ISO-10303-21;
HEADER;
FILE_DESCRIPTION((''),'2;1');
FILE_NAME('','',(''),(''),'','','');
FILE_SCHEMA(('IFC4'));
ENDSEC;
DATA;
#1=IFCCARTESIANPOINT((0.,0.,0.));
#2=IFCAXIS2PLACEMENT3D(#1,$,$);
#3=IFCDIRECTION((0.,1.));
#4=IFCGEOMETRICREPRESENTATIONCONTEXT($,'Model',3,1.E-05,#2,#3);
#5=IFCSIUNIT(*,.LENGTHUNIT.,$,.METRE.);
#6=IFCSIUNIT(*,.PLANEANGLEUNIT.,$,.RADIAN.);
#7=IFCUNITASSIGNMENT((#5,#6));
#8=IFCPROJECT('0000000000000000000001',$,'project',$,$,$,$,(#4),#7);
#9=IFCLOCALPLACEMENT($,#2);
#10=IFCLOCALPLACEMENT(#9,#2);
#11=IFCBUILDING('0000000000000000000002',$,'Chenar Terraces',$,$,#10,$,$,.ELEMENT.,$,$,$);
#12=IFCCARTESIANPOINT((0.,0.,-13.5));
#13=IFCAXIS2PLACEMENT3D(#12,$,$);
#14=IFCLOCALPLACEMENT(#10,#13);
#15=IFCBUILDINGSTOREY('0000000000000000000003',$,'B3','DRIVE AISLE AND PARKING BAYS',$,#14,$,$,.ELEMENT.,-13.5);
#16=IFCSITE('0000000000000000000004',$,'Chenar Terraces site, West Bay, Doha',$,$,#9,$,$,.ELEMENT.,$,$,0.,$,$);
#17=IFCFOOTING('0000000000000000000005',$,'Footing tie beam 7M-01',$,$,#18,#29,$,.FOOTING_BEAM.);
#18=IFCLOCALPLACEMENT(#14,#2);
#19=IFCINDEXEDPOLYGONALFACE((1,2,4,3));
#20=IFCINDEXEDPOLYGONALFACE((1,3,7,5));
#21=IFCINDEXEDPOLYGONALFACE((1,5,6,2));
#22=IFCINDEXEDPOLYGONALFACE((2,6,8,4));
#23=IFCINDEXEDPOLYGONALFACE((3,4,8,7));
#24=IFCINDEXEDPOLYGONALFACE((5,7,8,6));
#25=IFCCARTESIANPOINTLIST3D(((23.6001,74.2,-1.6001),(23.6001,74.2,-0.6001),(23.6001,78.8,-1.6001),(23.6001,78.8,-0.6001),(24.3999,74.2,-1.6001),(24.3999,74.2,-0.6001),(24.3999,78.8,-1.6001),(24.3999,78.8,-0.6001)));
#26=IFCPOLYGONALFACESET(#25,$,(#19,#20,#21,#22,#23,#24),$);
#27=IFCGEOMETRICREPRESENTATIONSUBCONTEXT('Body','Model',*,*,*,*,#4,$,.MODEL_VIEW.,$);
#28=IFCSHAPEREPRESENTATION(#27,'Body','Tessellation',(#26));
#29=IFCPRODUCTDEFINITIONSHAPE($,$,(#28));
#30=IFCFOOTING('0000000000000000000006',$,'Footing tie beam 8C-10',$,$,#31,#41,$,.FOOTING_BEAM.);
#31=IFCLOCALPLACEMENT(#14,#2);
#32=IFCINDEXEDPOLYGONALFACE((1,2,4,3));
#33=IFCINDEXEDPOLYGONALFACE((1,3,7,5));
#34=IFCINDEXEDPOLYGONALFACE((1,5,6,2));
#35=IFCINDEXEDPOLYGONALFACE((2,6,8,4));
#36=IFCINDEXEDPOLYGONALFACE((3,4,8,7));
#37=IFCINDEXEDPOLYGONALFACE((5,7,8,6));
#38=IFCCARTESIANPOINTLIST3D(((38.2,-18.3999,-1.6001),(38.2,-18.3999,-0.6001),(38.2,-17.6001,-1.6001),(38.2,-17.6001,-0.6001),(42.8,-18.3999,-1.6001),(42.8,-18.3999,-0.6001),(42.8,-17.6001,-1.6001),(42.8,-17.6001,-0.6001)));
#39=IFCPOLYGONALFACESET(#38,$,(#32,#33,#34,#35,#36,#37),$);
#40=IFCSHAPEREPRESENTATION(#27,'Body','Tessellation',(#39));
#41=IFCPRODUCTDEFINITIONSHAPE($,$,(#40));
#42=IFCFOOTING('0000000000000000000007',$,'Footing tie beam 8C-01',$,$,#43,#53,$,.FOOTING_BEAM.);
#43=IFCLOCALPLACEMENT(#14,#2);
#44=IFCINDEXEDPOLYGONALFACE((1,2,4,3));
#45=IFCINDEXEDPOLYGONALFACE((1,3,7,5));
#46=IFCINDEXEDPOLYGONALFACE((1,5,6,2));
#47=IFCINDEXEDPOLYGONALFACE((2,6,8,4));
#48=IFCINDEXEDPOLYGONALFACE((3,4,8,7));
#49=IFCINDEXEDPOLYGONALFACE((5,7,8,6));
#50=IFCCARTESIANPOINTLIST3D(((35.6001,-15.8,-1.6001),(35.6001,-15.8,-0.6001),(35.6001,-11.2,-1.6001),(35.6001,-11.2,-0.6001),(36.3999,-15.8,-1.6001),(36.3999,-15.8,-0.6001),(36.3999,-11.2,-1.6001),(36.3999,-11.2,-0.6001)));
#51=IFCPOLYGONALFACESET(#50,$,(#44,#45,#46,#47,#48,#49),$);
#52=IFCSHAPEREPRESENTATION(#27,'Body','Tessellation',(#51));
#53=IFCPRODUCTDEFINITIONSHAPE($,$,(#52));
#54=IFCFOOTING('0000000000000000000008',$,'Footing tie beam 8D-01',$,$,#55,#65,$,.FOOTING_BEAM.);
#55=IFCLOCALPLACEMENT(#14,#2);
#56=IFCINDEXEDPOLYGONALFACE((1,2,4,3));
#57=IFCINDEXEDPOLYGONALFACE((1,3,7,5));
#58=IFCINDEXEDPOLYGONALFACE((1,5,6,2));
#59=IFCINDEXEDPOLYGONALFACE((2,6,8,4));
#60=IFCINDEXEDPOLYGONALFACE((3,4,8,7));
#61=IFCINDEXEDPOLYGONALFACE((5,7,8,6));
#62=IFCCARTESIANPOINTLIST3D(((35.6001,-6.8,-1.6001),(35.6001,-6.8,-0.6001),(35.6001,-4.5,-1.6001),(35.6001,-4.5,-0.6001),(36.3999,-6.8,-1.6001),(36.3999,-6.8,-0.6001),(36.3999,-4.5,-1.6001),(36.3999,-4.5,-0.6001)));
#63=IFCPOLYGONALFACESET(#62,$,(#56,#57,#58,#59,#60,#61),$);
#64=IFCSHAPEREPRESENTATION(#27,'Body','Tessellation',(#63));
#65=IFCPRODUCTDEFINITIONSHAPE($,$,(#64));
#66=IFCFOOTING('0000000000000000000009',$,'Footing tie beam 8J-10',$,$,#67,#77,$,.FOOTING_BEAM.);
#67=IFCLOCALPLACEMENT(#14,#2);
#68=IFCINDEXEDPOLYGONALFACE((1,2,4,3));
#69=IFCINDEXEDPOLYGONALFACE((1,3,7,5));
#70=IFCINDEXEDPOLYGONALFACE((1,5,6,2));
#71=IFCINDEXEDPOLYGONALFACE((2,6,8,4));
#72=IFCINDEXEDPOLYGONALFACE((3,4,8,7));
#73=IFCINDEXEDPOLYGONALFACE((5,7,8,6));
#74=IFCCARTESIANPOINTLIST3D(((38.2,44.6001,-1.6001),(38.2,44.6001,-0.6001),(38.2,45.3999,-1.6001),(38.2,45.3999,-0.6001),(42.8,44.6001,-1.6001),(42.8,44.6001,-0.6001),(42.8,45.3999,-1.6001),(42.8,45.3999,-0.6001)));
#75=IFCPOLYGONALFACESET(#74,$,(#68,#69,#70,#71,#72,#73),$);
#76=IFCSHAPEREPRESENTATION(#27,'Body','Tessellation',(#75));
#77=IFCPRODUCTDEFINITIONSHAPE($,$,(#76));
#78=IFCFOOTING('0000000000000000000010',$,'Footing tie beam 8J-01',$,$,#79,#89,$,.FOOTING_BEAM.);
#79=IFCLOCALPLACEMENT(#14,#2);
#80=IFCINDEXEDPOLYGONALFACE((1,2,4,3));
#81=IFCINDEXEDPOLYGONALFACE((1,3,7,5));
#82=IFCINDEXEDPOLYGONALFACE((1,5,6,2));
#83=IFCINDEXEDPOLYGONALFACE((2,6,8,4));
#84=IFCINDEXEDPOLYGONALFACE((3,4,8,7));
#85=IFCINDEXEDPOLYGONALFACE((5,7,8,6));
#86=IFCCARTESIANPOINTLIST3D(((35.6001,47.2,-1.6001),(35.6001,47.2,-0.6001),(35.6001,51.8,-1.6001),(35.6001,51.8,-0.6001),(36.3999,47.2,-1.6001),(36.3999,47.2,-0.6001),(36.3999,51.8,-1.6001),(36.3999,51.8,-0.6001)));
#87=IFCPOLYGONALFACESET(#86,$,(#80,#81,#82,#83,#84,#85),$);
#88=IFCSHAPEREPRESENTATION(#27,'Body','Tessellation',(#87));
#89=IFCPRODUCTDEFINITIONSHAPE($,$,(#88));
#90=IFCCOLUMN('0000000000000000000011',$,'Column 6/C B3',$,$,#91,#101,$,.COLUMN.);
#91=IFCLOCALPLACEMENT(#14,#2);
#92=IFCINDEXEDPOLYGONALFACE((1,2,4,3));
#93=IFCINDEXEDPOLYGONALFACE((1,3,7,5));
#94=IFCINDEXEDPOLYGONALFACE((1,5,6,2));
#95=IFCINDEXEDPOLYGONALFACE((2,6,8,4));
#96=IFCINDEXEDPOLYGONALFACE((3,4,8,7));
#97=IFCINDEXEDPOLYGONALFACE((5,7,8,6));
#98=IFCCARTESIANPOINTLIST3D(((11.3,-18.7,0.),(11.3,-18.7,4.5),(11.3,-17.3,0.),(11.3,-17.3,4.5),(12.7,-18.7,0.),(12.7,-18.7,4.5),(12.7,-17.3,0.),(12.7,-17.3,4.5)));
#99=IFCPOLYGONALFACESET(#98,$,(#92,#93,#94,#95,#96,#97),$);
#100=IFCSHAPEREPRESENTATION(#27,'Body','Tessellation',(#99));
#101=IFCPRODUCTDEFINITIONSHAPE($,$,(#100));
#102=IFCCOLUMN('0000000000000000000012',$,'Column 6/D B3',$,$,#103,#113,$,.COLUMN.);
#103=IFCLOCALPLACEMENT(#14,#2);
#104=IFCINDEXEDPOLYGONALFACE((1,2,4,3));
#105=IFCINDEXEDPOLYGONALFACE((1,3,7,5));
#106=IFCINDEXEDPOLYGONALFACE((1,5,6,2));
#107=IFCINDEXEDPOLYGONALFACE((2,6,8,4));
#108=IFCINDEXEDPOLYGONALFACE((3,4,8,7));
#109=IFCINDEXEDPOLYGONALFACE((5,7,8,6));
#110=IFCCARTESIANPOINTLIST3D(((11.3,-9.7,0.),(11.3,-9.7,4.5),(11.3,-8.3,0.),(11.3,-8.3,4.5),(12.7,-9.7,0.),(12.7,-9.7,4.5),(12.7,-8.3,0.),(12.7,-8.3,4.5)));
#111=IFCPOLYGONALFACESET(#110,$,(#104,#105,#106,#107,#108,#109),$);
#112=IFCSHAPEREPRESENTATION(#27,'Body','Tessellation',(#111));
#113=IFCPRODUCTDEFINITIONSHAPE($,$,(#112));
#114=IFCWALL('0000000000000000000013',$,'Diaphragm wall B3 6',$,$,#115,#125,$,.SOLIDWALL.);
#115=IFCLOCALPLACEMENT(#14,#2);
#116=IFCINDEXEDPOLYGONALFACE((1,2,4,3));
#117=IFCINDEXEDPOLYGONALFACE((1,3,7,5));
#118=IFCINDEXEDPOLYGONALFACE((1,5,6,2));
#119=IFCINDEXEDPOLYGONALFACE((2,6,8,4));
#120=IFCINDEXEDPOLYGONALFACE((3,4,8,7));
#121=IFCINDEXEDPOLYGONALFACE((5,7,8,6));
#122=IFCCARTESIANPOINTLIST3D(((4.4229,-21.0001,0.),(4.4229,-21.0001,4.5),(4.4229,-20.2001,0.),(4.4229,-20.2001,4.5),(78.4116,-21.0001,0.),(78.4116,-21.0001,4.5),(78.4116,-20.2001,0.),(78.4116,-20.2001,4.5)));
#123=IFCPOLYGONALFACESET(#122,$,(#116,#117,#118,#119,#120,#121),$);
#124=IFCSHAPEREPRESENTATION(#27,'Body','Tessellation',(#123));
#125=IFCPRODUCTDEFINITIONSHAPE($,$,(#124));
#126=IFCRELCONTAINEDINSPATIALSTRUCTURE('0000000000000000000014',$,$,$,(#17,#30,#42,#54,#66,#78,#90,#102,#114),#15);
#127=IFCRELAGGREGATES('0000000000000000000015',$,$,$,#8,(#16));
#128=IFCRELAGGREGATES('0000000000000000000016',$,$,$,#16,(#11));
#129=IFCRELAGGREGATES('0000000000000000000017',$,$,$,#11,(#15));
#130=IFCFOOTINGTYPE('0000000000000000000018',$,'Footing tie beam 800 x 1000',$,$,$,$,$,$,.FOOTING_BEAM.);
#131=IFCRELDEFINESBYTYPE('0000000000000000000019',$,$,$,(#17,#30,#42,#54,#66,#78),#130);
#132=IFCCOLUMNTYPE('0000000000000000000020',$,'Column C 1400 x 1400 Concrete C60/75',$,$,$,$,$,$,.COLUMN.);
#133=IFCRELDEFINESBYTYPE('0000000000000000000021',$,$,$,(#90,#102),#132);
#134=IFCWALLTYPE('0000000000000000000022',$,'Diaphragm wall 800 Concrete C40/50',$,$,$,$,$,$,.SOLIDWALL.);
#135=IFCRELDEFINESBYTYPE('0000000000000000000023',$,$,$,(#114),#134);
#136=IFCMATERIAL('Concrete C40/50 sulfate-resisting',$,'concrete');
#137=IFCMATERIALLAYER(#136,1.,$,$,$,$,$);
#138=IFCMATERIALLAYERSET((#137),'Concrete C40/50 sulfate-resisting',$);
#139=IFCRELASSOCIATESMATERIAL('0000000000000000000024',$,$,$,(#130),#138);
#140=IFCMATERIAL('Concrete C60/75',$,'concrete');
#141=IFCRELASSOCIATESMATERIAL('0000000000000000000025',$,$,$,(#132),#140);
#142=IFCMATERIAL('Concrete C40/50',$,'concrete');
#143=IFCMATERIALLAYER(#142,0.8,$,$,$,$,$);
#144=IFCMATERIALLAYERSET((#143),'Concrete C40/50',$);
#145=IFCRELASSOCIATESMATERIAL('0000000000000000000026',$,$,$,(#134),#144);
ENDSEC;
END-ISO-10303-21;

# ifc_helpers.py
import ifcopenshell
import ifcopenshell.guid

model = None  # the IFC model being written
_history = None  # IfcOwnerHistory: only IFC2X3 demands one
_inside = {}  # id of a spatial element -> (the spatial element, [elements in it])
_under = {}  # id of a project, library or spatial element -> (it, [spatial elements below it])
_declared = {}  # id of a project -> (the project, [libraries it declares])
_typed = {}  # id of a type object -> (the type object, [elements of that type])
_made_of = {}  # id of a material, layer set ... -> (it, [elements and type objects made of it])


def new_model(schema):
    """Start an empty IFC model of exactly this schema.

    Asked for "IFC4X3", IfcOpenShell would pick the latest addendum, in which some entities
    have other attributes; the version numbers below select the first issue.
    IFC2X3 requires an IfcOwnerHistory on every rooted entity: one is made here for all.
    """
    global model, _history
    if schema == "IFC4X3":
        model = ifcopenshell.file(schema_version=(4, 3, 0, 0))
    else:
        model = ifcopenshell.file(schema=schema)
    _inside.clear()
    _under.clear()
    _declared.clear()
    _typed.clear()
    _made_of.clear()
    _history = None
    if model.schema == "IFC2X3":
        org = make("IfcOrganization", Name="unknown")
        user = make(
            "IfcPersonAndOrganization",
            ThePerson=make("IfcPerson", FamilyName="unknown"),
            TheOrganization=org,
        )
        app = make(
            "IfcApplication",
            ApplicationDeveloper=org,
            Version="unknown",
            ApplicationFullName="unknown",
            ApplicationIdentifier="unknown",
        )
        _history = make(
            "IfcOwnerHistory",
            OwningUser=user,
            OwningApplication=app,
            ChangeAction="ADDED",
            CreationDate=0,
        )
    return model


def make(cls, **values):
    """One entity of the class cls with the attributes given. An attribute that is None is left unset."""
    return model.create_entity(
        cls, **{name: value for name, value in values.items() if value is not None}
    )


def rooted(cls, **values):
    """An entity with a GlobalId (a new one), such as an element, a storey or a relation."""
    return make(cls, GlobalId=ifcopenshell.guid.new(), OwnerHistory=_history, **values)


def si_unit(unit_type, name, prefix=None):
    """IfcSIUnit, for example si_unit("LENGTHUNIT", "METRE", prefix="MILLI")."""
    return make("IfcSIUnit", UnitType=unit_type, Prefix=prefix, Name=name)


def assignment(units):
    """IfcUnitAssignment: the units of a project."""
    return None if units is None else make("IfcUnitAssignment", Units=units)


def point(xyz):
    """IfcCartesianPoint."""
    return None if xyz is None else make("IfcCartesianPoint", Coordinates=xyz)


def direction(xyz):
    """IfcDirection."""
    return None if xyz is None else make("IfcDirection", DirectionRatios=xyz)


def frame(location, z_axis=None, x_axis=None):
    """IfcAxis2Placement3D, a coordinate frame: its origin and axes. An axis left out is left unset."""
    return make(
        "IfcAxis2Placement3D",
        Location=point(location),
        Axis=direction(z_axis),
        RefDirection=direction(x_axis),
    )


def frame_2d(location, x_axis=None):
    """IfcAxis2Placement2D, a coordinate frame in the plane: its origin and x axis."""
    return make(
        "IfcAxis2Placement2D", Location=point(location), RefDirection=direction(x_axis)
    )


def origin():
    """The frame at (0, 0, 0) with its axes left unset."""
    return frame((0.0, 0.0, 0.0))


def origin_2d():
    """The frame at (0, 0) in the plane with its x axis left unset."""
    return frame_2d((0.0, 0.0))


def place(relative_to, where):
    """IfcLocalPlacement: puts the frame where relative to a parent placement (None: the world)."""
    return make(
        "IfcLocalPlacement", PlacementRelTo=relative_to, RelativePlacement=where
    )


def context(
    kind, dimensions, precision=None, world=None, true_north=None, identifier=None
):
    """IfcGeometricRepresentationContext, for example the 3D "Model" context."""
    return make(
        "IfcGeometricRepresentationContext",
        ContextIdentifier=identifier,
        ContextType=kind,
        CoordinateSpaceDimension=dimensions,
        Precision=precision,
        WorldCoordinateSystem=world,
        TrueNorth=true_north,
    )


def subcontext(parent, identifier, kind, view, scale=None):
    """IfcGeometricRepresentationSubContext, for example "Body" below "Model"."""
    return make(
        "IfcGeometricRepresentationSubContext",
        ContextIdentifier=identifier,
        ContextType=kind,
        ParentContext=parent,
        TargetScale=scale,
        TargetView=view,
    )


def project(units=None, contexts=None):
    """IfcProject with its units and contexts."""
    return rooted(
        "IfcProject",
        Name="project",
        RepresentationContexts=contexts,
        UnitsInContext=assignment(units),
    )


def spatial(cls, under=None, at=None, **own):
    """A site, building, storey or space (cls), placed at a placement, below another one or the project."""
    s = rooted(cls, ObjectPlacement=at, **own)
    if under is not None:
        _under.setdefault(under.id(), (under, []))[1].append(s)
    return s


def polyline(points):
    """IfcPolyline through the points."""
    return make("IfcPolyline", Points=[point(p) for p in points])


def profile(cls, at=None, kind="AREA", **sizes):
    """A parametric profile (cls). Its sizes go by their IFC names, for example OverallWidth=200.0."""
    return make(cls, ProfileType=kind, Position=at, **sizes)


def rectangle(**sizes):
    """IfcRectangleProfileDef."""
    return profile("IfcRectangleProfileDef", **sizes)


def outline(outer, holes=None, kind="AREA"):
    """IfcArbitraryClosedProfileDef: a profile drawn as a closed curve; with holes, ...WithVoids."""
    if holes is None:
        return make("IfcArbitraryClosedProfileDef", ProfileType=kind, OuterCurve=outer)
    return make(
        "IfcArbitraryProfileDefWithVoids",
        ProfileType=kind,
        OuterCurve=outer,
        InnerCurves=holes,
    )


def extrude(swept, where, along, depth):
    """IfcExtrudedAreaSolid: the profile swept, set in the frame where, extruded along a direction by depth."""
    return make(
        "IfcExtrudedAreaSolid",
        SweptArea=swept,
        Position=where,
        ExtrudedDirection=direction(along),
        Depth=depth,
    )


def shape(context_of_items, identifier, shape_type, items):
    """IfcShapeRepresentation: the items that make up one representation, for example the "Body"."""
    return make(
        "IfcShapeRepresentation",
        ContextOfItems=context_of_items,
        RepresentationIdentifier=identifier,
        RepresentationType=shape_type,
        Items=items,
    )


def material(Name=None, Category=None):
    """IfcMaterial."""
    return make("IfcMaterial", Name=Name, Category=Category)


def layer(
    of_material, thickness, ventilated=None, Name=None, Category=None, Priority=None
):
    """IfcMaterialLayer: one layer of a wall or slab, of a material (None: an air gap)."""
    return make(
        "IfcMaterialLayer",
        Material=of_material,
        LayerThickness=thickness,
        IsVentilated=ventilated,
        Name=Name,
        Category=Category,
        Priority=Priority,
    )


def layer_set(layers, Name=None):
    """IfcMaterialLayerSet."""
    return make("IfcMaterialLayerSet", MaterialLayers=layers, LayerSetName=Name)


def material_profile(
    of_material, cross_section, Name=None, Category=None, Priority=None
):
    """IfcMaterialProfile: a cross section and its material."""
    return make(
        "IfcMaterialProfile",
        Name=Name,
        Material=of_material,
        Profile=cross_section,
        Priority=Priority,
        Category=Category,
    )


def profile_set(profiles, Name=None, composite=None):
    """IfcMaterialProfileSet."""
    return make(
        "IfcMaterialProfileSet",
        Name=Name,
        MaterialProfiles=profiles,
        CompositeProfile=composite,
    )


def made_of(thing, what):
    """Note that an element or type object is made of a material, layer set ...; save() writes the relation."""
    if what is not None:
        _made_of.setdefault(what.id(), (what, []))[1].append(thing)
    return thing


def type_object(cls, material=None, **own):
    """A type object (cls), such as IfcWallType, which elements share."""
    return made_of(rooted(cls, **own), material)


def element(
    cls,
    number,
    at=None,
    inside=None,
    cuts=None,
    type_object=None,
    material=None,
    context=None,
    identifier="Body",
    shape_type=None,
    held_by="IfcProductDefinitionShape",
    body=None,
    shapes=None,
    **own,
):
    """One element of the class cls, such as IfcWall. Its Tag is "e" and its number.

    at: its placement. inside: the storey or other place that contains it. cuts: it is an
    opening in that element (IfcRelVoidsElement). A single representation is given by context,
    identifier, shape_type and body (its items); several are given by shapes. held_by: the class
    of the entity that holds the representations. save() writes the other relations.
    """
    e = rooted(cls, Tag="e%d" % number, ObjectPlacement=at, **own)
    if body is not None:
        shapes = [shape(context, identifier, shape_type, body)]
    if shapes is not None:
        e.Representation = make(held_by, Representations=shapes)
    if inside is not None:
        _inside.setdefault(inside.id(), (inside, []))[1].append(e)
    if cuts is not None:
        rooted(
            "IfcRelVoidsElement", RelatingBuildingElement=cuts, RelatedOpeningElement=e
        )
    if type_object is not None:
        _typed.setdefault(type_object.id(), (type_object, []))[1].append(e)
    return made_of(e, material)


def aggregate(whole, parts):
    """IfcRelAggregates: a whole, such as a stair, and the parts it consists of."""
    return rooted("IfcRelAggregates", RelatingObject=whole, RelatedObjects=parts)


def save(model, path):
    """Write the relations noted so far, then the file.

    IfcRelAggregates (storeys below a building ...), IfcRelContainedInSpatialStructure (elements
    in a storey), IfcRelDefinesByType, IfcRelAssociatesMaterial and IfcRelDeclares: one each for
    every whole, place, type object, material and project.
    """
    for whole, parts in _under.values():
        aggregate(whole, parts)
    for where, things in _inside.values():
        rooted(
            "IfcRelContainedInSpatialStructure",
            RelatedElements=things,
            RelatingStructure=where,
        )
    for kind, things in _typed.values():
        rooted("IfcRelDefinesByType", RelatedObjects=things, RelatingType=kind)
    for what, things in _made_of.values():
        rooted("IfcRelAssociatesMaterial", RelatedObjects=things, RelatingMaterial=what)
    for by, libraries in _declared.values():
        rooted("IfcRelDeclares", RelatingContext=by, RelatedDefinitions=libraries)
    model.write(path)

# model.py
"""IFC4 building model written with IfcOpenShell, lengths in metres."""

from ifc_helpers import new_model, si_unit, direction, frame, frame_2d, origin, origin_2d, place, context, subcontext, project, spatial, polyline, rectangle, outline, extrude, material, layer, layer_set, material_profile, profile_set, type_object, element, save


model = new_model("IFC4")

# Units and contexts
model_context = context("Model", 3, precision=1e-05, world=origin(), true_north=direction((0.0, 1.0)))
body_context = subcontext(model_context, "Body", "Model", "MODEL_VIEW")
ifc_project = project(units=[si_unit("LENGTHUNIT", "METRE"), si_unit("PLANEANGLEUNIT", "RADIAN")], contexts=[model_context])

# Site, building, storey
site_placement = place(None, origin())
site = spatial("IfcSite", under=ifc_project, at=site_placement, Name="Chenar Terraces site, West Bay, Doha", CompositionType="ELEMENT", RefElevation=0.0)
building_placement = place(site_placement, origin())
building = spatial("IfcBuilding", under=site, at=building_placement, Name="Chenar Terraces", CompositionType="ELEMENT")
storey_placement = place(building_placement, frame((0.0, 0.0, -13.5)))
storey = spatial("IfcBuildingStorey", under=building, at=storey_placement, Name="B3", Description="DRIVE AISLE AND PARKING BAYS", CompositionType="ELEMENT", Elevation=-13.5)

# Footings
ifc_material_1 = material(Name="Concrete C40/50 sulfate-resisting", Category="concrete")
ifc_layer_1 = layer(ifc_material_1, 1.0)
ifc_layer_set_1 = layer_set([ifc_layer_1], Name="Concrete C40/50 sulfate-resisting")
footing_type = type_object("IfcFootingType", Name="Footing tie beam 800 x 1000", PredefinedType="FOOTING_BEAM", material=ifc_layer_set_1)
placement = place(storey_placement, frame((0.0, 0.0, -1.6001)))
element("IfcFooting", 1, at=placement, inside=storey, type_object=footing_type, Name="Footing tie beam 7M-01", PredefinedType="FOOTING_BEAM", context=body_context, shape_type="SweptSolid", body=[
    extrude(outline(polyline([(24.3999, 74.2), (24.3999, 78.8), (23.6001, 78.8), (23.6001, 74.2), (24.3999, 74.2)])), origin(), (0.0, 0.0, 1.0), 1.0),
])
element("IfcFooting", 2, at=placement, inside=storey, type_object=footing_type, Name="Footing tie beam 8C-10", PredefinedType="FOOTING_BEAM", context=body_context, shape_type="SweptSolid", body=[
    extrude(outline(polyline([(42.8, -18.3999), (42.8, -17.6001), (38.2, -17.6001), (38.2, -18.3999), (42.8, -18.3999)])), origin(), (0.0, 0.0, 1.0), 1.0),
])
element("IfcFooting", 3, at=placement, inside=storey, type_object=footing_type, Name="Footing tie beam 8C-01", PredefinedType="FOOTING_BEAM", context=body_context, shape_type="SweptSolid", body=[
    extrude(outline(polyline([(36.3999, -15.8), (36.3999, -11.2), (35.6001, -11.2), (35.6001, -15.8), (36.3999, -15.8)])), origin(), (0.0, 0.0, 1.0), 1.0),
])
element("IfcFooting", 4, at=placement, inside=storey, type_object=footing_type, Name="Footing tie beam 8D-01", PredefinedType="FOOTING_BEAM", context=body_context, shape_type="SweptSolid", body=[
    extrude(outline(polyline([(36.3999, -6.8), (36.3999, -4.5), (35.6001, -4.5), (35.6001, -6.8), (36.3999, -6.8)])), origin(), (0.0, 0.0, 1.0), 1.0),
])
element("IfcFooting", 5, at=placement, inside=storey, type_object=footing_type, Name="Footing tie beam 8J-10", PredefinedType="FOOTING_BEAM", context=body_context, shape_type="SweptSolid", body=[
    extrude(outline(polyline([(42.8, 44.6001), (42.8, 45.3999), (38.2, 45.3999), (38.2, 44.6001), (42.8, 44.6001)])), origin(), (0.0, 0.0, 1.0), 1.0),
])
element("IfcFooting", 6, at=placement, inside=storey, type_object=footing_type, Name="Footing tie beam 8J-01", PredefinedType="FOOTING_BEAM", context=body_context, shape_type="SweptSolid", body=[
    extrude(outline(polyline([(36.3999, 47.2), (36.3999, 51.8), (35.6001, 51.8), (35.6001, 47.2), (36.3999, 47.2)])), origin(), (0.0, 0.0, 1.0), 1.0),
])

# Columns
ifc_material_2 = material(Name="Concrete C60/75", Category="concrete")
ifc_material_profile_1 = material_profile(ifc_material_2, rectangle(XDim=1.3999, YDim=1.3999, at=origin_2d()), Name="C 1400 x 1400")
ifc_profile_set_1 = profile_set([ifc_material_profile_1], Name="Concrete C60/75")
column_type = type_object("IfcColumnType", Name="Column C 1400 x 1400 Concrete C60/75", PredefinedType="COLUMN", material=ifc_profile_set_1)
for number, where, z_axis, x_axis, name in (
    (7, (12.0, -18.0, 0.0), (0.0, 0.0, 1.0), (1.0, 0.0, 0.0), "Column 6/C B3"),
    (8, (12.0, -9.0, 0.0), (0.0, 0.0, 1.0), (1.0, 0.0, 0.0), "Column 6/D B3"),
):
    element("IfcColumn", number, at=place(storey_placement, frame(where, z_axis=z_axis, x_axis=x_axis)), inside=storey, type_object=column_type, Name=name, PredefinedType="COLUMN", context=body_context, shape_type="SweptSolid", body=[
        extrude(rectangle(XDim=1.3999, YDim=1.3999, at=origin_2d()), origin(), (0.0, 0.0, 1.0), 4.5),
    ])

# Wall
ifc_material_3 = material(Name="Concrete C40/50", Category="concrete")
ifc_layer_2 = layer(ifc_material_3, 0.8)
ifc_layer_set_2 = layer_set([ifc_layer_2], Name="Concrete C40/50")
wall_type = type_object("IfcWallType", Name="Diaphragm wall 800 Concrete C40/50", PredefinedType="SOLIDWALL", material=ifc_layer_set_2)
wall_placement = place(storey_placement, frame((4.4229, -20.6001, 0.0), z_axis=(0.0, 0.0, 1.0), x_axis=(1.0, 0.0, 0.0)))
element("IfcWall", 9, at=wall_placement, inside=storey, type_object=wall_type, Name="Diaphragm wall B3 6", PredefinedType="SOLIDWALL", context=body_context, shape_type="SweptSolid", body=[
    extrude(rectangle(XDim=73.9888, YDim=0.8, at=frame_2d((36.9944, 0.0))), origin(), (0.0, 0.0, 1.0), 4.5),
])

save(model, "model.ifc")
